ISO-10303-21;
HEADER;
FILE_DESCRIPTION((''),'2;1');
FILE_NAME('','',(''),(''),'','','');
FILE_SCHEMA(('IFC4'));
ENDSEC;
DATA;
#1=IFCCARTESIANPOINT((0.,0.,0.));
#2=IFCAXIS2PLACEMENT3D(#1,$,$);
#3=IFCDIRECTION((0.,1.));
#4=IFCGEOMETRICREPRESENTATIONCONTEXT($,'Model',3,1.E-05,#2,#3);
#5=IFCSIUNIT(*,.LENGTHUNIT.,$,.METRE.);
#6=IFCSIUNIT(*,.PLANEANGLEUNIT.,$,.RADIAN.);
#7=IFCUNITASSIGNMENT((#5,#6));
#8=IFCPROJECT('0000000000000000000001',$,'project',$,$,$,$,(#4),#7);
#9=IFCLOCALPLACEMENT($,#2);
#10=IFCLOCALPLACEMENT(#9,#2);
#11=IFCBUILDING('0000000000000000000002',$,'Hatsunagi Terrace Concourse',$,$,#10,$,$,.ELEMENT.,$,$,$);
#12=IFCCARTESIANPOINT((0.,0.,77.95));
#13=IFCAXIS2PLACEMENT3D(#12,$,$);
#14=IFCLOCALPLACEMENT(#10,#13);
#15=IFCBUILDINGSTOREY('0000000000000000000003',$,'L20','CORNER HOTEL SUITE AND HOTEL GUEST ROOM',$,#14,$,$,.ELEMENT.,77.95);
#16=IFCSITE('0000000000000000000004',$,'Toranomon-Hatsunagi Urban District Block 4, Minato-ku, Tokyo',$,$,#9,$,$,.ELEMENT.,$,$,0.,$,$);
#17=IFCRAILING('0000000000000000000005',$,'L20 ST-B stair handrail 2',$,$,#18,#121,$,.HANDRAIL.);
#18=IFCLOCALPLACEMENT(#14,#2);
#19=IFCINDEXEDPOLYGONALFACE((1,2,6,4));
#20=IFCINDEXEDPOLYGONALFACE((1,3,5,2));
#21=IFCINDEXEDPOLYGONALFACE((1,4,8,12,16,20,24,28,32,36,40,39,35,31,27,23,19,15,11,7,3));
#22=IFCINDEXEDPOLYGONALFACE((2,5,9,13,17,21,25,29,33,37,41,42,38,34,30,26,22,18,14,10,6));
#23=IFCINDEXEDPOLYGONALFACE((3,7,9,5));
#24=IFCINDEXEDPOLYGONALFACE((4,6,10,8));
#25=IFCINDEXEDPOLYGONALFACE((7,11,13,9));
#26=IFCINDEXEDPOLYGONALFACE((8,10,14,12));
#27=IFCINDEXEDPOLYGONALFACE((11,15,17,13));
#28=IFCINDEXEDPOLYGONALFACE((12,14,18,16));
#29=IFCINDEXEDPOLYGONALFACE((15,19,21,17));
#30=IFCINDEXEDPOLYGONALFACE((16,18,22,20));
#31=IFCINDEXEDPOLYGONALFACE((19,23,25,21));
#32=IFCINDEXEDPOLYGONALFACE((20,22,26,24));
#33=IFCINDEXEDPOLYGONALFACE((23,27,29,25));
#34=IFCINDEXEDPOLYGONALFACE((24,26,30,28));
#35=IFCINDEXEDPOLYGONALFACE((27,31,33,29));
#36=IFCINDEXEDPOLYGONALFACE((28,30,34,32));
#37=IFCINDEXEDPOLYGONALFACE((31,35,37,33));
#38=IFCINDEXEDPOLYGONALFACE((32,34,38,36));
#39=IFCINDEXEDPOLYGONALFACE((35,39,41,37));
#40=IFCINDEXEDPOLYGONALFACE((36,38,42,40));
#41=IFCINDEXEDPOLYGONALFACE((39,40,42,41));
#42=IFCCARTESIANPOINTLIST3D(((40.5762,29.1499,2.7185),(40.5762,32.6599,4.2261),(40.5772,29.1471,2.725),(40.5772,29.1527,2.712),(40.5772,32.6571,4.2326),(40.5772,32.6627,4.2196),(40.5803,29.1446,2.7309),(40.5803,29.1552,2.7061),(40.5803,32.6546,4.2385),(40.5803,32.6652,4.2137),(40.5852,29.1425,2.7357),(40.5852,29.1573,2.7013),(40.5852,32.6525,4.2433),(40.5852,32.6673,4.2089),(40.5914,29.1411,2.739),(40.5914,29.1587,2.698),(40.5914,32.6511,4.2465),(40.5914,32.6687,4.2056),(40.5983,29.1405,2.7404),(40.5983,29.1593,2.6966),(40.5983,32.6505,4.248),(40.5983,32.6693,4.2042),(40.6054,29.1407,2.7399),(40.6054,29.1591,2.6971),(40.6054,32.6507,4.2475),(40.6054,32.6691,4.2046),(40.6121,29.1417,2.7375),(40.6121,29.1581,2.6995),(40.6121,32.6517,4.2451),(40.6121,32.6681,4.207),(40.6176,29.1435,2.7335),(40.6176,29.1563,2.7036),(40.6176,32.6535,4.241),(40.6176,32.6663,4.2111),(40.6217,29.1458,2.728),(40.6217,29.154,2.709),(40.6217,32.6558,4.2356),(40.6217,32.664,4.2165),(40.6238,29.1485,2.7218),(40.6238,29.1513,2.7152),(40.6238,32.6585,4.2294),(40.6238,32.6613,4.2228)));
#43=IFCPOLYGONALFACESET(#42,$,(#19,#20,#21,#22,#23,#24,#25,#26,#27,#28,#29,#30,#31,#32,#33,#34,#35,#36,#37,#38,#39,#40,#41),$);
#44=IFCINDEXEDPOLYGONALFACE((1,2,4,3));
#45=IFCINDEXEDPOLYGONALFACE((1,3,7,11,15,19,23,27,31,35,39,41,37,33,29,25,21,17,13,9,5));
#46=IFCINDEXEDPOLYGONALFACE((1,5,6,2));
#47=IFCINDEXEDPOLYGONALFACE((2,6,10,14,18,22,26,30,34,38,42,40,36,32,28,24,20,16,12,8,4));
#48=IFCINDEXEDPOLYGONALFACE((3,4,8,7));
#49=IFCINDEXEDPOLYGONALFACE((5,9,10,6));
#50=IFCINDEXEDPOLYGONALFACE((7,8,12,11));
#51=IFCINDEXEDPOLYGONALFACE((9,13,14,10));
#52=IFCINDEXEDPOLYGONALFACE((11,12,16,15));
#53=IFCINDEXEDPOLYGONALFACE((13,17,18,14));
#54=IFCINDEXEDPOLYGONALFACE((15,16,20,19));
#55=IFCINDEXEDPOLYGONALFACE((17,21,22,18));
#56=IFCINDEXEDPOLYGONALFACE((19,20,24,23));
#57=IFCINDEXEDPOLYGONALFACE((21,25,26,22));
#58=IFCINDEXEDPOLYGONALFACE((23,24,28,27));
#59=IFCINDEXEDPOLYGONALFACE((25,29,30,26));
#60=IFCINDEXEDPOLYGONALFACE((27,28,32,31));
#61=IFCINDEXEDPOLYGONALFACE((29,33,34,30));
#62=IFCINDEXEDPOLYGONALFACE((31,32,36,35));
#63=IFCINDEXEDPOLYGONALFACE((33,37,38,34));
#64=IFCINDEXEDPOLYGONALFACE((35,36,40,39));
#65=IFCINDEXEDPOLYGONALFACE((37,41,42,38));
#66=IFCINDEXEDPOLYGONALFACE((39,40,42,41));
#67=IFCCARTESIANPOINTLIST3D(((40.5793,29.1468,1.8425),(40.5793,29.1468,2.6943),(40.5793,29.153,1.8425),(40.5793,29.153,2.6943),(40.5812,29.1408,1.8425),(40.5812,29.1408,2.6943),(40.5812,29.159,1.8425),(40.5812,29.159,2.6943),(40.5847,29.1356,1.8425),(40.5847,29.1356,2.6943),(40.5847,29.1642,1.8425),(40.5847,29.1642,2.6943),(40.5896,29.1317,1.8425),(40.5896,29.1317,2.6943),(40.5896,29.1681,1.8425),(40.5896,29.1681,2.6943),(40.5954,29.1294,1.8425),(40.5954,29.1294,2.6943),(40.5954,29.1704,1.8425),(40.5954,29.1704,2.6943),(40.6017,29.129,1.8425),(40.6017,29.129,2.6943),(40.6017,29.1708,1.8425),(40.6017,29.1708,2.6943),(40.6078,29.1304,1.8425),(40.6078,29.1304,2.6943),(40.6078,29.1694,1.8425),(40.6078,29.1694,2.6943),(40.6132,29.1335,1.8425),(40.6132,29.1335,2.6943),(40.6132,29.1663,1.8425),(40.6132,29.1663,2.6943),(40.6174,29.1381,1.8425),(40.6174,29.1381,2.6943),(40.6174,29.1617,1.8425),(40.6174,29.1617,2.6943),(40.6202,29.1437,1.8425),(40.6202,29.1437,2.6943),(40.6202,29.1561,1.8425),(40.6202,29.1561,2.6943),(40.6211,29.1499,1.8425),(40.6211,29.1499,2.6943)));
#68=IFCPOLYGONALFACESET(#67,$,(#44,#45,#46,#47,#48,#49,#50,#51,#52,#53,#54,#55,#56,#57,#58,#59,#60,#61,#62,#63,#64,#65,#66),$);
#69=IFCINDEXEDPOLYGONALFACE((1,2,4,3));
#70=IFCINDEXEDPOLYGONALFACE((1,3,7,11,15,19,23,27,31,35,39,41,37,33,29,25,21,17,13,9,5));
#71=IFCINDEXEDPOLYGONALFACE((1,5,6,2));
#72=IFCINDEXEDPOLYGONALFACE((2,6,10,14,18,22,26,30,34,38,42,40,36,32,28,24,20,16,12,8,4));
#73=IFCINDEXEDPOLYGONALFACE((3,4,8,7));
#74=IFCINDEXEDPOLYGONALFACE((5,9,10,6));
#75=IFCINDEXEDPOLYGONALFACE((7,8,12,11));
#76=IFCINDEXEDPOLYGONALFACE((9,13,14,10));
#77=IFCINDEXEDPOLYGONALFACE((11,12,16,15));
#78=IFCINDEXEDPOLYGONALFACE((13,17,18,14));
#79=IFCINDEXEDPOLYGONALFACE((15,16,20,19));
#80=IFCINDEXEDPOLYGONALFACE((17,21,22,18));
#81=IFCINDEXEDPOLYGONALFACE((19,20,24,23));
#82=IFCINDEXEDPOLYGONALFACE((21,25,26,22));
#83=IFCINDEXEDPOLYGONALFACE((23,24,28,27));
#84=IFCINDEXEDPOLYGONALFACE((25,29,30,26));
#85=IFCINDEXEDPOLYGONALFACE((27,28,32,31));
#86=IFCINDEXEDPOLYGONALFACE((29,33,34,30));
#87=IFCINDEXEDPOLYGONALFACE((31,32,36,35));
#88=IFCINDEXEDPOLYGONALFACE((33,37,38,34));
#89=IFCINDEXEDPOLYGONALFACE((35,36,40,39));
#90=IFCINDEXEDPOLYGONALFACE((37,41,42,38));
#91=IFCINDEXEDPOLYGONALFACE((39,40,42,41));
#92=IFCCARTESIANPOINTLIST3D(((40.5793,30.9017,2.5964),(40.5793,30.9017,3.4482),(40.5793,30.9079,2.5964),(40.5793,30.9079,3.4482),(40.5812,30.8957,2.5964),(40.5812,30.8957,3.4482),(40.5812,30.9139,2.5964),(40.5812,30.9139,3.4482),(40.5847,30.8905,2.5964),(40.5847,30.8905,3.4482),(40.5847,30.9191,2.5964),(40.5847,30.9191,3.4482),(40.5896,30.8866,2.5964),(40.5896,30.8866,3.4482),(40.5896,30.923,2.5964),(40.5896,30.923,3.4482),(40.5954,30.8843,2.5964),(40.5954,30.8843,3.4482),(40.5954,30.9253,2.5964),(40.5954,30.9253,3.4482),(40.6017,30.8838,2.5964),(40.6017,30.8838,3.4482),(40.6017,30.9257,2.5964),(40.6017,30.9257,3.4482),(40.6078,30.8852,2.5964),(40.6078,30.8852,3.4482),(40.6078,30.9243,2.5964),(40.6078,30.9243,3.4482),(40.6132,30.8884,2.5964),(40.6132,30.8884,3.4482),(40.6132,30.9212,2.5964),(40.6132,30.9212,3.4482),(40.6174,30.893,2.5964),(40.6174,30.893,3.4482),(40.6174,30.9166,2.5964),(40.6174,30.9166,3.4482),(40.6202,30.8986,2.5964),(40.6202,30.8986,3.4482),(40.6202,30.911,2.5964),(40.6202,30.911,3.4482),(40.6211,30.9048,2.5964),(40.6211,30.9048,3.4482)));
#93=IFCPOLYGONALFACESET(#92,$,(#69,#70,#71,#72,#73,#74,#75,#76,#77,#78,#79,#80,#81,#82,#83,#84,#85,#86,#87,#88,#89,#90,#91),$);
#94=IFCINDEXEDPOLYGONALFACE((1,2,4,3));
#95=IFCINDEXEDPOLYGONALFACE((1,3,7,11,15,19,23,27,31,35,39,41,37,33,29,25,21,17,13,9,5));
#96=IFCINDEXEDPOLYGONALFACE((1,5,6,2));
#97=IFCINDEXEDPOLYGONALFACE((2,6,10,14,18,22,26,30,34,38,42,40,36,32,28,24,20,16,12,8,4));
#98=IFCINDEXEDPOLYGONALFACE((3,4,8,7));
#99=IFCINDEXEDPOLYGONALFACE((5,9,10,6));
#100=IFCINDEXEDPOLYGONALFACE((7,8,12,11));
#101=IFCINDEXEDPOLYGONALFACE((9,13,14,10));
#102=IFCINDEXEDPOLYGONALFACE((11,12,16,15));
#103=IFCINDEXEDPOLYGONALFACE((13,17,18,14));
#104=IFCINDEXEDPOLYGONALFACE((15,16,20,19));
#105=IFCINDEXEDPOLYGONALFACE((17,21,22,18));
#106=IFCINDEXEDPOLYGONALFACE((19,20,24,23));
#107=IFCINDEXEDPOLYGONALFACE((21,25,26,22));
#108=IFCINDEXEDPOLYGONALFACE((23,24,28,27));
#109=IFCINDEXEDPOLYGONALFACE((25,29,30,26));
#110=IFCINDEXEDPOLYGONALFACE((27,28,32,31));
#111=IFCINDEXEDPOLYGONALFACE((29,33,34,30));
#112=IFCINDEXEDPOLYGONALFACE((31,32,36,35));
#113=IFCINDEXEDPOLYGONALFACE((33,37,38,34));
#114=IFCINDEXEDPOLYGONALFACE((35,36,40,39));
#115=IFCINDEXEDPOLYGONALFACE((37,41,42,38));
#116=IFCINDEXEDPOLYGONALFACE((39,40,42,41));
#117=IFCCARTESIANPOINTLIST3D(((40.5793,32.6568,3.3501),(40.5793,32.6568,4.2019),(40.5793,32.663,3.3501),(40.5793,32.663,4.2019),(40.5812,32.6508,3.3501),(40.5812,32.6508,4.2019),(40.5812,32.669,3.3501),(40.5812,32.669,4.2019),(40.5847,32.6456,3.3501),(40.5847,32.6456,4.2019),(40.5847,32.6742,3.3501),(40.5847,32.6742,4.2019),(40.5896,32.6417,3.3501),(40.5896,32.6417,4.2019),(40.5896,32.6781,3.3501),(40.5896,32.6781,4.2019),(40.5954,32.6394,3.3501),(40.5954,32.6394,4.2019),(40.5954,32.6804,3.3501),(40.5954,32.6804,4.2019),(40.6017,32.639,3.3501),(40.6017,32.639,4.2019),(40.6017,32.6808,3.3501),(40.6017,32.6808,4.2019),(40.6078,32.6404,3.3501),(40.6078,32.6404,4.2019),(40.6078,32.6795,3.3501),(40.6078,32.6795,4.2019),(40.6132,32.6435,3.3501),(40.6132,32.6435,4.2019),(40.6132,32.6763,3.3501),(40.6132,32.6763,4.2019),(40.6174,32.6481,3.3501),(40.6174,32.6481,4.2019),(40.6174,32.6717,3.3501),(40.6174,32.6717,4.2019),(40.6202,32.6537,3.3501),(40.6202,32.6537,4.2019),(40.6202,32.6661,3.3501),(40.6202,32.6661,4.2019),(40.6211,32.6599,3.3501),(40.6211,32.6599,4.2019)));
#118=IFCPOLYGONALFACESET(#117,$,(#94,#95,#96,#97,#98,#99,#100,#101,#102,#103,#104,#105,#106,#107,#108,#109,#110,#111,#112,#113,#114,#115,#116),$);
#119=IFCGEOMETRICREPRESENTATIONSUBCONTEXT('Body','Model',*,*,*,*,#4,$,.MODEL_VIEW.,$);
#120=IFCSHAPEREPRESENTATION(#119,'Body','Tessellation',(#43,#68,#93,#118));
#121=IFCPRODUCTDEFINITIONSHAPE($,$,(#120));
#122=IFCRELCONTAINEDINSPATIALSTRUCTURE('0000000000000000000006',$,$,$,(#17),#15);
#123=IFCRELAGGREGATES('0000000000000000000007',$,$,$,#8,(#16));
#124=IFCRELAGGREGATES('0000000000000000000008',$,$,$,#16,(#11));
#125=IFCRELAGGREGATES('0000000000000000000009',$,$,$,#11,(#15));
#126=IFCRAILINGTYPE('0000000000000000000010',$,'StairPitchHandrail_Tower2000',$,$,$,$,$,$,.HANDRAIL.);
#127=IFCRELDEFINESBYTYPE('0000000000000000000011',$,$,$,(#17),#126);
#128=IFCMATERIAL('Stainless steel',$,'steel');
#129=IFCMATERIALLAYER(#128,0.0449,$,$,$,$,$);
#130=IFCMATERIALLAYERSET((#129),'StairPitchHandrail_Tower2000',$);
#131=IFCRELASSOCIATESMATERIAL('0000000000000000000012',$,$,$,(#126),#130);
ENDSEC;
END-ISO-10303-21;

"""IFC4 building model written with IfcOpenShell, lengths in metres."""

from ifc_helpers import new_model, si_unit, direction, frame, origin, origin_2d, place, context, subcontext, project, spatial, circle, extrude, material, layer, layer_set, type_object, element, save


model = new_model("IFC4")

# Units and contexts
model_context = context("Model", 3, precision=1e-05, world=origin(), true_north=direction((0.0, 1.0)))
body_context = subcontext(model_context, "Body", "Model", "MODEL_VIEW")
ifc_project = project(units=[si_unit("LENGTHUNIT", "METRE"), si_unit("PLANEANGLEUNIT", "RADIAN")], contexts=[model_context])

# Site, building, storey
site_placement = place(None, origin())
site = spatial("IfcSite", under=ifc_project, at=site_placement, Name="Toranomon-Hatsunagi Urban District Block 4, Minato-ku, Tokyo", CompositionType="ELEMENT", RefElevation=0.0)
building_placement = place(site_placement, origin())
building = spatial("IfcBuilding", under=site, at=building_placement, Name="Hatsunagi Terrace Concourse", CompositionType="ELEMENT")
storey_placement = place(building_placement, frame((0.0, 0.0, 77.95)))
storey = spatial("IfcBuildingStorey", under=building, at=storey_placement, Name="L20", Description="CORNER HOTEL SUITE AND HOTEL GUEST ROOM", CompositionType="ELEMENT", Elevation=77.95)

# Railing
ifc_material_1 = material(Name="Stainless steel", Category="steel")
ifc_layer_1 = layer(ifc_material_1, 0.0449)
ifc_layer_set_1 = layer_set([ifc_layer_1], Name="StairPitchHandrail_Tower2000")
railing_type_1 = type_object("IfcRailingType", Name="StairPitchHandrail_Tower2000", PredefinedType="HANDRAIL", material=ifc_layer_set_1)
railing_1_placement = place(storey_placement, frame((40.6001, 29.1499, 1.8425)))
element("IfcRailing", 1, at=railing_1_placement, inside=storey, type_object=railing_type_1, Name="L20 ST-B stair handrail 2", PredefinedType="HANDRAIL", context=body_context, shape_type="SweptSolid", body=[
    extrude(circle(Radius=0.0239, at=origin_2d()), frame((0.0, 0.0, 0.876), z_axis=(0.0, 0.918834, 0.394644), x_axis=(-1.0, 0.0, 0.0)), (0.0, 0.0, 1.0), 3.8201),
    extrude(circle(Radius=0.021, at=origin_2d()), origin(), (0.0, 0.0, 1.0), 0.8518),
    extrude(circle(Radius=0.021, at=origin_2d()), frame((0.0, 1.7549, 0.7539)), (0.0, 0.0, 1.0), 0.8518),
    extrude(circle(Radius=0.021, at=origin_2d()), frame((0.0, 3.51, 1.5076)), (0.0, 0.0, 1.0), 0.8518),
])

save(model, "model.ifc")
